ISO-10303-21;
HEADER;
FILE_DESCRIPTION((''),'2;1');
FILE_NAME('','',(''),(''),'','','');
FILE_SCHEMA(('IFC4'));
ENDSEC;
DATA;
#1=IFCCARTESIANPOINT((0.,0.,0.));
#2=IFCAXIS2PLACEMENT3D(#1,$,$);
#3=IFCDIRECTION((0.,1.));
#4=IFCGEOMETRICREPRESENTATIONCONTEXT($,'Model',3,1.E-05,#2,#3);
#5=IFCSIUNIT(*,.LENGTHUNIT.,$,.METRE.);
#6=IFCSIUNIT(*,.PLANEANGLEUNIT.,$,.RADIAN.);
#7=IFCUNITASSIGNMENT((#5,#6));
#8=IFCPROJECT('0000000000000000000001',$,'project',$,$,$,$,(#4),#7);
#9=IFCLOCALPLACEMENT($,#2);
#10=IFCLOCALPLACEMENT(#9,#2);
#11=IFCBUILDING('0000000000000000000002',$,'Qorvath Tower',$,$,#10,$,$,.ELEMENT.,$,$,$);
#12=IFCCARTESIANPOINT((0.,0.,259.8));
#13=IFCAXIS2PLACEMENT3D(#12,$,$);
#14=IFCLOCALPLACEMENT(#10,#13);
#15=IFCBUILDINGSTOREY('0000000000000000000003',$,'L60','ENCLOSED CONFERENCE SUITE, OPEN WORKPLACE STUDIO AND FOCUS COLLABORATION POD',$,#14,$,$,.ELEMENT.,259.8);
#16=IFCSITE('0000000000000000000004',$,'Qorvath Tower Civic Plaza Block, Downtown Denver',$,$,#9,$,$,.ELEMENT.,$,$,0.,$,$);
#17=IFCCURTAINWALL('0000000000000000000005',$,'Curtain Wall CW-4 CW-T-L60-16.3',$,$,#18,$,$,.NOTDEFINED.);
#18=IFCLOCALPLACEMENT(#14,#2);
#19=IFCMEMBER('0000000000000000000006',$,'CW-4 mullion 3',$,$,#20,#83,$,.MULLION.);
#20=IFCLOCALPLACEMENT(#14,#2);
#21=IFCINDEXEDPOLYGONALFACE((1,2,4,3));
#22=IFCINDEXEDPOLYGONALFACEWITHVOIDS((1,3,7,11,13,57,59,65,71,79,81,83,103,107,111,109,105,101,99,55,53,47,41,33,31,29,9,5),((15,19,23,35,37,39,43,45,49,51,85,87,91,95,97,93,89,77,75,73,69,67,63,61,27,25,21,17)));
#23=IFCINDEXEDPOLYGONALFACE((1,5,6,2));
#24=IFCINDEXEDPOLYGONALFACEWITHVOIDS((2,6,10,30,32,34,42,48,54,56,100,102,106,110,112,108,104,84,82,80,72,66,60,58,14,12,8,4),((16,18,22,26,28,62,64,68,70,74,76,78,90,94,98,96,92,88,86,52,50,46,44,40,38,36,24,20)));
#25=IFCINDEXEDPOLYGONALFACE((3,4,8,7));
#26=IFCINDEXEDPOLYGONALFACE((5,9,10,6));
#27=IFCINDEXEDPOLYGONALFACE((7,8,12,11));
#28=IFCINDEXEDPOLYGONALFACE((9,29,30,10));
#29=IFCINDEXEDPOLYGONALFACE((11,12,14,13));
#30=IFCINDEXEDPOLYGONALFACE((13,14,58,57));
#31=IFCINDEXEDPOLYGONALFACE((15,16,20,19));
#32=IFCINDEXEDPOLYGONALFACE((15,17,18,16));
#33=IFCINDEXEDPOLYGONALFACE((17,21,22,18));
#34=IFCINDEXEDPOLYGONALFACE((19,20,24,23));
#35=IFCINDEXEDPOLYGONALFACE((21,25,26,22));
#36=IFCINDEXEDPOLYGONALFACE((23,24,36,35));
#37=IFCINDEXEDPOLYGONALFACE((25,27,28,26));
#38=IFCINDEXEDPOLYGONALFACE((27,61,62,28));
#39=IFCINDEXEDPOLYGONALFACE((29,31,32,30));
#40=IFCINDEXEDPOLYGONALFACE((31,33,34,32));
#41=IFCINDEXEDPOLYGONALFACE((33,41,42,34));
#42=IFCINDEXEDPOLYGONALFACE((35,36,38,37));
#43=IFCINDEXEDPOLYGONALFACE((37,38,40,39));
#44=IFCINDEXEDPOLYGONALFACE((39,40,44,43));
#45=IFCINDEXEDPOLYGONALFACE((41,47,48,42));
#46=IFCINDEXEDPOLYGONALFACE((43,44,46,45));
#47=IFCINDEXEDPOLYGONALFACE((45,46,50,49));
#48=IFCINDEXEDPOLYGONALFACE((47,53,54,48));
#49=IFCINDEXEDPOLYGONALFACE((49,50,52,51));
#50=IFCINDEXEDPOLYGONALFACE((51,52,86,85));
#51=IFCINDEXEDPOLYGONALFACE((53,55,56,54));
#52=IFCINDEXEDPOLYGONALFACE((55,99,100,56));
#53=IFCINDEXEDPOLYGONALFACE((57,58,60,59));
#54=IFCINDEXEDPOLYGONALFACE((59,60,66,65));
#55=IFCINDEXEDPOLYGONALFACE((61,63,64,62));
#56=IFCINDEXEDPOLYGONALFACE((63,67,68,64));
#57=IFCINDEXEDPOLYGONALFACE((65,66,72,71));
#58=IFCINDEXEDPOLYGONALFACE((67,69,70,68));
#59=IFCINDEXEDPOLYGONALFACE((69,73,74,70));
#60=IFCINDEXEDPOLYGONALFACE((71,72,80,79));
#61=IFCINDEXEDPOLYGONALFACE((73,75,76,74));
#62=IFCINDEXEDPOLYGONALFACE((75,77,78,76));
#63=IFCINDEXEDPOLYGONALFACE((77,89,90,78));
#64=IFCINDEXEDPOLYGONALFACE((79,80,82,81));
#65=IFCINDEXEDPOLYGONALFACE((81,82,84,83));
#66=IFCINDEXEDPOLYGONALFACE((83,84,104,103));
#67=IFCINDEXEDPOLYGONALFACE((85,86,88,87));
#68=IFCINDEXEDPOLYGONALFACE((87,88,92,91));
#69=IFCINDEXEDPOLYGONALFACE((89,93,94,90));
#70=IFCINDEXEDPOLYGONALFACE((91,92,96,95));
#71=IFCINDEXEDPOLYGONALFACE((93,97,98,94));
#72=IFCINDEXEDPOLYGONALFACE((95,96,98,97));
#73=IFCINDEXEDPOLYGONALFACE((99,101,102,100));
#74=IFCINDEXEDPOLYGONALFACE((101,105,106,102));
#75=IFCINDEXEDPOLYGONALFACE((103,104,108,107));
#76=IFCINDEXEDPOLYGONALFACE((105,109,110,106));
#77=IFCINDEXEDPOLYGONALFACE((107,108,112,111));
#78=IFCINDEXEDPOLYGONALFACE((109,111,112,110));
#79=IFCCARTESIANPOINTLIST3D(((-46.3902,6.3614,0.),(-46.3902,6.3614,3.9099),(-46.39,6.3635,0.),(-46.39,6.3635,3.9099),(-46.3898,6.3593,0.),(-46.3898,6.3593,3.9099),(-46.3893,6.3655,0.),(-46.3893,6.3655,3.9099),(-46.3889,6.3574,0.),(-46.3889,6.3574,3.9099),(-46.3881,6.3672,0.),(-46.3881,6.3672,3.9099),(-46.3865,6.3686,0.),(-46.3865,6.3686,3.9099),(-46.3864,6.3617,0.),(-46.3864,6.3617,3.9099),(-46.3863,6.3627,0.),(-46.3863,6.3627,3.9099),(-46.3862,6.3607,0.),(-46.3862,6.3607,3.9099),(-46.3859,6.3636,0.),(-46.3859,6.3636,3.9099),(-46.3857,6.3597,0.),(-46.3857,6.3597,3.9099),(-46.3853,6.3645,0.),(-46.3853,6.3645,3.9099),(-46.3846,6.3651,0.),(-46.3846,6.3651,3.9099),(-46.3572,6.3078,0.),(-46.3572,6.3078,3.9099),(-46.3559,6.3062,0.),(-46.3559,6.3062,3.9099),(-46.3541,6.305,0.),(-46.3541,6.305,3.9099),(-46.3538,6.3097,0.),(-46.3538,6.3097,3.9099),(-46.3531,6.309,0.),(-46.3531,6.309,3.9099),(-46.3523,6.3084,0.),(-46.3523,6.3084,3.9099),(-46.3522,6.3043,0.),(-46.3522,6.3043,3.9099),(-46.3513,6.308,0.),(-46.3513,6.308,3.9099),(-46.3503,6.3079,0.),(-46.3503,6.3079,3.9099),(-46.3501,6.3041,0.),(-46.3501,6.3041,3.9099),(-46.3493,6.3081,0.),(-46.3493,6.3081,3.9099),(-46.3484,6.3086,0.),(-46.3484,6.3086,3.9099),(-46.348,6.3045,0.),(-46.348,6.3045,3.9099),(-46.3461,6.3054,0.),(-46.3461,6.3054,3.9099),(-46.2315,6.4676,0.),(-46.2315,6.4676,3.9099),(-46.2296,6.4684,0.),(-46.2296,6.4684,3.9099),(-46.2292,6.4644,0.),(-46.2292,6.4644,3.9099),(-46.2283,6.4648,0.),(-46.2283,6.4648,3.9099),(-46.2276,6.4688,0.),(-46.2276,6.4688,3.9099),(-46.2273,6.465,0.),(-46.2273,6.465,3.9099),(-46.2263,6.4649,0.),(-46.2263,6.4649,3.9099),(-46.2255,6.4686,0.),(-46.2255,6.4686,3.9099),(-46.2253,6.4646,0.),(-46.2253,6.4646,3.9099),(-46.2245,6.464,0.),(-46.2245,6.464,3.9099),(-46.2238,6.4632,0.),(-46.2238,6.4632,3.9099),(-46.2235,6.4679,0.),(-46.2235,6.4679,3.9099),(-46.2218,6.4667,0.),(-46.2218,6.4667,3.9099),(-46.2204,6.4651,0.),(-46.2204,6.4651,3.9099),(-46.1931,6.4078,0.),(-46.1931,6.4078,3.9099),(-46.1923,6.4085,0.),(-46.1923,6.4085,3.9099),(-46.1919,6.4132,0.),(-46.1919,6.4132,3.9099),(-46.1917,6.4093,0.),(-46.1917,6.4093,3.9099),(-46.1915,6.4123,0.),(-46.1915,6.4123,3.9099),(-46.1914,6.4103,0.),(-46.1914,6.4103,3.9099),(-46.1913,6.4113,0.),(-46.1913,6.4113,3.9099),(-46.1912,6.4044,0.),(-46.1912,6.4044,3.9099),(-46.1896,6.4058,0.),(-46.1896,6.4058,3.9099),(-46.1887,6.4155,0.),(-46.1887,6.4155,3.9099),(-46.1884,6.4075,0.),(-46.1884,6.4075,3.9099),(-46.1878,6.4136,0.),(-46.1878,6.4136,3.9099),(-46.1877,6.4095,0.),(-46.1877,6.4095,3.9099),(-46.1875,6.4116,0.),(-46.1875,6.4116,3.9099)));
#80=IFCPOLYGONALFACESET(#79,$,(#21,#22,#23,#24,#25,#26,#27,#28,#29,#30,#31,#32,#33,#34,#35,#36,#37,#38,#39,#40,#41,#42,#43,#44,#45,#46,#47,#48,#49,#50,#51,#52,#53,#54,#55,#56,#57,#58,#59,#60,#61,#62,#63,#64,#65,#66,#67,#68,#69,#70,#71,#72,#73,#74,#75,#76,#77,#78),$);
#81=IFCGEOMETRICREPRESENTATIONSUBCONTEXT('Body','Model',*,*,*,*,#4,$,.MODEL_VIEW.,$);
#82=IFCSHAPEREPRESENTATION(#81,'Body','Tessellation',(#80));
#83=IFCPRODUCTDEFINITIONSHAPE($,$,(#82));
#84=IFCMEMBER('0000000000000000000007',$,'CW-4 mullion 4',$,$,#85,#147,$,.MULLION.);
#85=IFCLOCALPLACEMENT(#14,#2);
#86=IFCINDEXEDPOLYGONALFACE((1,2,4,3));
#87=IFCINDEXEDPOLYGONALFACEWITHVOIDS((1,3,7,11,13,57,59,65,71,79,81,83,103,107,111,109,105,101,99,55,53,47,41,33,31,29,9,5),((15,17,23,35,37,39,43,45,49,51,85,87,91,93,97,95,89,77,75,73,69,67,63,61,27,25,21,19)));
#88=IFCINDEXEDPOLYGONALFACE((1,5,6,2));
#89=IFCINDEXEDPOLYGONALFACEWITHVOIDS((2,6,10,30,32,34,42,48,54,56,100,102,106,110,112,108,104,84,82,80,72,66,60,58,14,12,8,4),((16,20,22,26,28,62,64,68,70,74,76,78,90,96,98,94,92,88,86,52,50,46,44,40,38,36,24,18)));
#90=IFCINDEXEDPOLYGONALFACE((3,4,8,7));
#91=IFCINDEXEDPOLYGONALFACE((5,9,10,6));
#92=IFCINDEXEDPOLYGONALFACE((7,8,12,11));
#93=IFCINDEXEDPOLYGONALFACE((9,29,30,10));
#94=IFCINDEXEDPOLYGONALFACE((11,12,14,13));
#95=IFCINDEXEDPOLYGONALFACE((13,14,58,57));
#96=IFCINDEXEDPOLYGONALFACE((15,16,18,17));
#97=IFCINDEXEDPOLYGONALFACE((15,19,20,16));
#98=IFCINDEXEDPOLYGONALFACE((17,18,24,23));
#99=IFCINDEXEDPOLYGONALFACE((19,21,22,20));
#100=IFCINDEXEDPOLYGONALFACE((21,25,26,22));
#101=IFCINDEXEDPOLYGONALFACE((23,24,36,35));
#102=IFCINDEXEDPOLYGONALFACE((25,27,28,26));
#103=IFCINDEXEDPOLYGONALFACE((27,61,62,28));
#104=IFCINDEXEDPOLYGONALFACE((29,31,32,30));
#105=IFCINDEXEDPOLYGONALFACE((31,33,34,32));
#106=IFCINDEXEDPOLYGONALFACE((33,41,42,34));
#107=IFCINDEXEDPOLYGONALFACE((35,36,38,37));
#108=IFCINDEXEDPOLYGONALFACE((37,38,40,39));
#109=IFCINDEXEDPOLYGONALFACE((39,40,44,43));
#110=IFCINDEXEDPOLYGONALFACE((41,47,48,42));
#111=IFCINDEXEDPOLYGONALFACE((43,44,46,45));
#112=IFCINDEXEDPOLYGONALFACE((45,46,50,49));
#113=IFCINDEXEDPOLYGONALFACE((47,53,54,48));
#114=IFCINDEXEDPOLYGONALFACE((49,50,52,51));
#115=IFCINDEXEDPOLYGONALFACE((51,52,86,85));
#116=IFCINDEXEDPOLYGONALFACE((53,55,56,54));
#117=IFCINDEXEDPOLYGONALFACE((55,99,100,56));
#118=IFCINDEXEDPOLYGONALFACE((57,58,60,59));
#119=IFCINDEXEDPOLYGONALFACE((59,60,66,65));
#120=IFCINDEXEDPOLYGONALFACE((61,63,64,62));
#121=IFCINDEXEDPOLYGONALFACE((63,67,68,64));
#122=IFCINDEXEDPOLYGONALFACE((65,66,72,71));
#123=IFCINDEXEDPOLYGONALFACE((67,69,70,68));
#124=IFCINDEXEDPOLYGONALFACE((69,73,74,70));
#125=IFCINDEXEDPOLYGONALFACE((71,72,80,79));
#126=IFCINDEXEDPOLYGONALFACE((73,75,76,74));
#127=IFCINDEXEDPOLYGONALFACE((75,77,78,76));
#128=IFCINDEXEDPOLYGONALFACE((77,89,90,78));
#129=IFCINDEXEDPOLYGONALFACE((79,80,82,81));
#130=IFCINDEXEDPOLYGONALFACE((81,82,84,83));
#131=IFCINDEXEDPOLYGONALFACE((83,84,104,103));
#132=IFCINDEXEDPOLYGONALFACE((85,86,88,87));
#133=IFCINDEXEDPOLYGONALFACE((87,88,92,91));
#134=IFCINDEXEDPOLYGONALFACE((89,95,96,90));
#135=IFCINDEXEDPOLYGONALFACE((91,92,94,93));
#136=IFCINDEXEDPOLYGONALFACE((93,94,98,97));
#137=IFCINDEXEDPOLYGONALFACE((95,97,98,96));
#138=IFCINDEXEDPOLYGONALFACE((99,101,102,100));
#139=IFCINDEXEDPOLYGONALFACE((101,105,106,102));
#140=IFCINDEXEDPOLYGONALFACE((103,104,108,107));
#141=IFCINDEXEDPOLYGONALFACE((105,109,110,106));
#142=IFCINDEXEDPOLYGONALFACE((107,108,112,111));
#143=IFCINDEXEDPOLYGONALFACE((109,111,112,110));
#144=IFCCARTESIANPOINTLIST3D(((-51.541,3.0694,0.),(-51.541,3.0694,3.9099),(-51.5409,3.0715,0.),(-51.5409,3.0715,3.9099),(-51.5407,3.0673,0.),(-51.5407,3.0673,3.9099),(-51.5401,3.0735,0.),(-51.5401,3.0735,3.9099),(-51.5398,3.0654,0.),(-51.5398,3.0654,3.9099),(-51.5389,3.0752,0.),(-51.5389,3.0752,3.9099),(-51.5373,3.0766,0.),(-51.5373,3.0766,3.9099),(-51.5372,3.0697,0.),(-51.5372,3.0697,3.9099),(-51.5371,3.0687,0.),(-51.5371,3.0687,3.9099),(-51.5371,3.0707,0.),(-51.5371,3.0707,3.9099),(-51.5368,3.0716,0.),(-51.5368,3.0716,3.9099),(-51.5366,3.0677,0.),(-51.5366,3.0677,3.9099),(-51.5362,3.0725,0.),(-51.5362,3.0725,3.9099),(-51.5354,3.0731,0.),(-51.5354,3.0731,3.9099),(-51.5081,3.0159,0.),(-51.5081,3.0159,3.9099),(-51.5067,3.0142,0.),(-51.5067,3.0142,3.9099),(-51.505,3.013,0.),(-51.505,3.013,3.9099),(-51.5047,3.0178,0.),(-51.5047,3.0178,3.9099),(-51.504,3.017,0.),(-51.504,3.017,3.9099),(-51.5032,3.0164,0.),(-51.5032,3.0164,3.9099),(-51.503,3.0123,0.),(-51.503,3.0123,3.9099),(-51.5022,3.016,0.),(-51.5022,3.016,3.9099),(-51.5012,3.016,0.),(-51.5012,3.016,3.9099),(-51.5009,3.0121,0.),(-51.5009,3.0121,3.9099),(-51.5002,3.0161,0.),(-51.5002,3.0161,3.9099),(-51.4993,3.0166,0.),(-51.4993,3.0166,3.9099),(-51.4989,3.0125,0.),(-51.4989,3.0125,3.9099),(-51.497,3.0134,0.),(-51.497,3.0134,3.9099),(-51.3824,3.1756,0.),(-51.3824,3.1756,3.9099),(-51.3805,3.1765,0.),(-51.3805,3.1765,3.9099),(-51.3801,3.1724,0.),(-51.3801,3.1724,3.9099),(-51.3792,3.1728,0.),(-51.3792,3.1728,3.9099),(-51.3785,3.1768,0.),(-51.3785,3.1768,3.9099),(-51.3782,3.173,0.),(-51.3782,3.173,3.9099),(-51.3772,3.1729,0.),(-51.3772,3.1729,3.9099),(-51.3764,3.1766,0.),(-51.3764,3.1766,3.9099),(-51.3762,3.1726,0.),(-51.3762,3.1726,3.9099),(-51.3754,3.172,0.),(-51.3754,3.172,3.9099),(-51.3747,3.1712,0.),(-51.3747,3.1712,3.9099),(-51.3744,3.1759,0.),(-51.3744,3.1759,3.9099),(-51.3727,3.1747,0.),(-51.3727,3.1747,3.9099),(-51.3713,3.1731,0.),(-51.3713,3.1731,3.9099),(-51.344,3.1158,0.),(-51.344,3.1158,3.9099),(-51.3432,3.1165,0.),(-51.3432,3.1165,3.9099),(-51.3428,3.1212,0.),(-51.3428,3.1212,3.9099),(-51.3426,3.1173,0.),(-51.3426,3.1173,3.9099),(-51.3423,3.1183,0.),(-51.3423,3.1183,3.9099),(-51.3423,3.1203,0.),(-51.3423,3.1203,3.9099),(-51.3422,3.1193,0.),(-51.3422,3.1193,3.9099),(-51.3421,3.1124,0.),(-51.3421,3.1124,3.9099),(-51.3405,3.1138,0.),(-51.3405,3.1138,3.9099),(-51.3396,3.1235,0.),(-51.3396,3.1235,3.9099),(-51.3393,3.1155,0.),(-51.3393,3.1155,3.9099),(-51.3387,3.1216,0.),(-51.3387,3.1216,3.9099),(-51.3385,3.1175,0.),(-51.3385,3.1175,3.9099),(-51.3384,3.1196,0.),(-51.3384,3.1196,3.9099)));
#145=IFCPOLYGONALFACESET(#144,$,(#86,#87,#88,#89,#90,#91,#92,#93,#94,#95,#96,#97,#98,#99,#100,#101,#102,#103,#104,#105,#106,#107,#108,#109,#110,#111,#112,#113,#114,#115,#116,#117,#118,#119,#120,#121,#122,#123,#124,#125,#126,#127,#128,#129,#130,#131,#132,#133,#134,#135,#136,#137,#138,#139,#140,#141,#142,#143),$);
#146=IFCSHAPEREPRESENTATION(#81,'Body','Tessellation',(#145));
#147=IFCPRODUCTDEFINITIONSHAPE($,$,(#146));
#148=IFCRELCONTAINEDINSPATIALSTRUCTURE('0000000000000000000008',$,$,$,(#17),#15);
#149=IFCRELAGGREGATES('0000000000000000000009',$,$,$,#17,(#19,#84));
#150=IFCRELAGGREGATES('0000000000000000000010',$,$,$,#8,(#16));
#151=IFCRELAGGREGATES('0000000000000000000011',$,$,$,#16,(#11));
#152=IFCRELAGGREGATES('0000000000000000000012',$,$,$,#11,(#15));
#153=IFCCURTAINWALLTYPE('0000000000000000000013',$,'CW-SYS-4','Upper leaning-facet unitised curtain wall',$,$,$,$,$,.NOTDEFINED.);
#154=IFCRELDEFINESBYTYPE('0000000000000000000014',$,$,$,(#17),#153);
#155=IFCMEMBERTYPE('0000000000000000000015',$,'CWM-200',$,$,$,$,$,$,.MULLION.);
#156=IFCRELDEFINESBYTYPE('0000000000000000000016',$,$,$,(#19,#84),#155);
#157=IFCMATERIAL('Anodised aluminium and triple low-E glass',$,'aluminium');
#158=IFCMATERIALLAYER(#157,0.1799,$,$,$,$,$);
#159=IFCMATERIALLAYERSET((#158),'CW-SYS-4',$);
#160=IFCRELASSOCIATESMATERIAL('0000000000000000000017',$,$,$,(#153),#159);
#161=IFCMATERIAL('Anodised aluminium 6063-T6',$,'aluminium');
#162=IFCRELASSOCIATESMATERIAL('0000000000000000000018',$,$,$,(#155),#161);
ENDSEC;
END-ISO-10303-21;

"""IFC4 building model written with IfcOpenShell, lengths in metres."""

from ifc_helpers import new_model, si_unit, direction, frame, origin, origin_2d, place, context, subcontext, project, spatial, hollow_rectangle, extrude, material, layer, layer_set, material_profile, profile_set, type_object, element, aggregate, save


model = new_model("IFC4")

# Units and contexts
model_context = context("Model", 3, precision=1e-05, world=origin(), true_north=direction((0.0, 1.0)))
body_context = subcontext(model_context, "Body", "Model", "MODEL_VIEW")
ifc_project = project(units=[si_unit("LENGTHUNIT", "METRE"), si_unit("PLANEANGLEUNIT", "RADIAN")], contexts=[model_context])

# Site, building, storey
site_placement = place(None, origin())
site = spatial("IfcSite", under=ifc_project, at=site_placement, Name="Qorvath Tower Civic Plaza Block, Downtown Denver", CompositionType="ELEMENT", RefElevation=0.0)
building_placement = place(site_placement, origin())
building = spatial("IfcBuilding", under=site, at=building_placement, Name="Qorvath Tower", CompositionType="ELEMENT")
storey_placement = place(building_placement, frame((0.0, 0.0, 259.8)))
storey = spatial("IfcBuildingStorey", under=building, at=storey_placement, Name="L60", Description="ENCLOSED CONFERENCE SUITE, OPEN WORKPLACE STUDIO AND FOCUS COLLABORATION POD", CompositionType="ELEMENT", Elevation=259.8)

# Curtain wall, members
ifc_material_1 = material(Name="Anodised aluminium and triple low-E glass", Category="aluminium")
ifc_layer_1 = layer(ifc_material_1, 0.1799)
ifc_layer_set_1 = layer_set([ifc_layer_1], Name="CW-SYS-4")
curtain_wall_type = type_object("IfcCurtainWallType", Name="CW-SYS-4", Description="Upper leaning-facet unitised curtain wall", PredefinedType="NOTDEFINED", material=ifc_layer_set_1)
curtain_wall_placement = place(storey_placement, origin())
curtain_wall = element("IfcCurtainWall", 1, at=curtain_wall_placement, inside=storey, type_object=curtain_wall_type, Name="Curtain Wall CW-4 CW-T-L60-16.3", PredefinedType="NOTDEFINED")
ifc_material_2 = material(Name="Anodised aluminium 6063-T6", Category="aluminium")
ifc_material_profile_1 = material_profile(ifc_material_2, hollow_rectangle(XDim=0.075, YDim=0.2, WallThickness=0.0039, InnerFilletRadius=0.0039, OuterFilletRadius=0.0081, at=origin_2d()), Name="CWM 200x75")
ifc_profile_set_1 = profile_set([ifc_material_profile_1], Name="Anodised aluminium 6063-T6")
member_type_1 = type_object("IfcMemberType", Name="CWM-200", PredefinedType="MULLION", material=ifc_profile_set_1)
member_1_placement = place(storey_placement, frame((-46.2888, 6.3865, 0.0), z_axis=(0.0, 0.0, 1.0), x_axis=(0.538533, -0.842604, 0.0)))
member_1 = element("IfcMember", 2, at=member_1_placement, type_object=member_type_1, Name="CW-4 mullion 3", PredefinedType="MULLION", context=body_context, shape_type="SweptSolid", body=[
    extrude(hollow_rectangle(XDim=0.075, YDim=0.2, WallThickness=0.0039, InnerFilletRadius=0.0039, OuterFilletRadius=0.0081, at=origin_2d()), origin(), (0.0, 0.0, 1.0), 3.9099),
])
member_2_placement = place(storey_placement, frame((-51.4397, 3.0945, 0.0), z_axis=(0.0, 0.0, 1.0), x_axis=(0.538533, -0.842604, 0.0)))
member_2 = element("IfcMember", 3, at=member_2_placement, type_object=member_type_1, Name="CW-4 mullion 4", PredefinedType="MULLION", context=body_context, shape_type="SweptSolid", body=[
    extrude(hollow_rectangle(XDim=0.075, YDim=0.2, WallThickness=0.0039, InnerFilletRadius=0.0039, OuterFilletRadius=0.0081, at=origin_2d()), origin(), (0.0, 0.0, 1.0), 3.9099),
])
aggregate(curtain_wall, [member_1, member_2])

save(model, "model.ifc")
